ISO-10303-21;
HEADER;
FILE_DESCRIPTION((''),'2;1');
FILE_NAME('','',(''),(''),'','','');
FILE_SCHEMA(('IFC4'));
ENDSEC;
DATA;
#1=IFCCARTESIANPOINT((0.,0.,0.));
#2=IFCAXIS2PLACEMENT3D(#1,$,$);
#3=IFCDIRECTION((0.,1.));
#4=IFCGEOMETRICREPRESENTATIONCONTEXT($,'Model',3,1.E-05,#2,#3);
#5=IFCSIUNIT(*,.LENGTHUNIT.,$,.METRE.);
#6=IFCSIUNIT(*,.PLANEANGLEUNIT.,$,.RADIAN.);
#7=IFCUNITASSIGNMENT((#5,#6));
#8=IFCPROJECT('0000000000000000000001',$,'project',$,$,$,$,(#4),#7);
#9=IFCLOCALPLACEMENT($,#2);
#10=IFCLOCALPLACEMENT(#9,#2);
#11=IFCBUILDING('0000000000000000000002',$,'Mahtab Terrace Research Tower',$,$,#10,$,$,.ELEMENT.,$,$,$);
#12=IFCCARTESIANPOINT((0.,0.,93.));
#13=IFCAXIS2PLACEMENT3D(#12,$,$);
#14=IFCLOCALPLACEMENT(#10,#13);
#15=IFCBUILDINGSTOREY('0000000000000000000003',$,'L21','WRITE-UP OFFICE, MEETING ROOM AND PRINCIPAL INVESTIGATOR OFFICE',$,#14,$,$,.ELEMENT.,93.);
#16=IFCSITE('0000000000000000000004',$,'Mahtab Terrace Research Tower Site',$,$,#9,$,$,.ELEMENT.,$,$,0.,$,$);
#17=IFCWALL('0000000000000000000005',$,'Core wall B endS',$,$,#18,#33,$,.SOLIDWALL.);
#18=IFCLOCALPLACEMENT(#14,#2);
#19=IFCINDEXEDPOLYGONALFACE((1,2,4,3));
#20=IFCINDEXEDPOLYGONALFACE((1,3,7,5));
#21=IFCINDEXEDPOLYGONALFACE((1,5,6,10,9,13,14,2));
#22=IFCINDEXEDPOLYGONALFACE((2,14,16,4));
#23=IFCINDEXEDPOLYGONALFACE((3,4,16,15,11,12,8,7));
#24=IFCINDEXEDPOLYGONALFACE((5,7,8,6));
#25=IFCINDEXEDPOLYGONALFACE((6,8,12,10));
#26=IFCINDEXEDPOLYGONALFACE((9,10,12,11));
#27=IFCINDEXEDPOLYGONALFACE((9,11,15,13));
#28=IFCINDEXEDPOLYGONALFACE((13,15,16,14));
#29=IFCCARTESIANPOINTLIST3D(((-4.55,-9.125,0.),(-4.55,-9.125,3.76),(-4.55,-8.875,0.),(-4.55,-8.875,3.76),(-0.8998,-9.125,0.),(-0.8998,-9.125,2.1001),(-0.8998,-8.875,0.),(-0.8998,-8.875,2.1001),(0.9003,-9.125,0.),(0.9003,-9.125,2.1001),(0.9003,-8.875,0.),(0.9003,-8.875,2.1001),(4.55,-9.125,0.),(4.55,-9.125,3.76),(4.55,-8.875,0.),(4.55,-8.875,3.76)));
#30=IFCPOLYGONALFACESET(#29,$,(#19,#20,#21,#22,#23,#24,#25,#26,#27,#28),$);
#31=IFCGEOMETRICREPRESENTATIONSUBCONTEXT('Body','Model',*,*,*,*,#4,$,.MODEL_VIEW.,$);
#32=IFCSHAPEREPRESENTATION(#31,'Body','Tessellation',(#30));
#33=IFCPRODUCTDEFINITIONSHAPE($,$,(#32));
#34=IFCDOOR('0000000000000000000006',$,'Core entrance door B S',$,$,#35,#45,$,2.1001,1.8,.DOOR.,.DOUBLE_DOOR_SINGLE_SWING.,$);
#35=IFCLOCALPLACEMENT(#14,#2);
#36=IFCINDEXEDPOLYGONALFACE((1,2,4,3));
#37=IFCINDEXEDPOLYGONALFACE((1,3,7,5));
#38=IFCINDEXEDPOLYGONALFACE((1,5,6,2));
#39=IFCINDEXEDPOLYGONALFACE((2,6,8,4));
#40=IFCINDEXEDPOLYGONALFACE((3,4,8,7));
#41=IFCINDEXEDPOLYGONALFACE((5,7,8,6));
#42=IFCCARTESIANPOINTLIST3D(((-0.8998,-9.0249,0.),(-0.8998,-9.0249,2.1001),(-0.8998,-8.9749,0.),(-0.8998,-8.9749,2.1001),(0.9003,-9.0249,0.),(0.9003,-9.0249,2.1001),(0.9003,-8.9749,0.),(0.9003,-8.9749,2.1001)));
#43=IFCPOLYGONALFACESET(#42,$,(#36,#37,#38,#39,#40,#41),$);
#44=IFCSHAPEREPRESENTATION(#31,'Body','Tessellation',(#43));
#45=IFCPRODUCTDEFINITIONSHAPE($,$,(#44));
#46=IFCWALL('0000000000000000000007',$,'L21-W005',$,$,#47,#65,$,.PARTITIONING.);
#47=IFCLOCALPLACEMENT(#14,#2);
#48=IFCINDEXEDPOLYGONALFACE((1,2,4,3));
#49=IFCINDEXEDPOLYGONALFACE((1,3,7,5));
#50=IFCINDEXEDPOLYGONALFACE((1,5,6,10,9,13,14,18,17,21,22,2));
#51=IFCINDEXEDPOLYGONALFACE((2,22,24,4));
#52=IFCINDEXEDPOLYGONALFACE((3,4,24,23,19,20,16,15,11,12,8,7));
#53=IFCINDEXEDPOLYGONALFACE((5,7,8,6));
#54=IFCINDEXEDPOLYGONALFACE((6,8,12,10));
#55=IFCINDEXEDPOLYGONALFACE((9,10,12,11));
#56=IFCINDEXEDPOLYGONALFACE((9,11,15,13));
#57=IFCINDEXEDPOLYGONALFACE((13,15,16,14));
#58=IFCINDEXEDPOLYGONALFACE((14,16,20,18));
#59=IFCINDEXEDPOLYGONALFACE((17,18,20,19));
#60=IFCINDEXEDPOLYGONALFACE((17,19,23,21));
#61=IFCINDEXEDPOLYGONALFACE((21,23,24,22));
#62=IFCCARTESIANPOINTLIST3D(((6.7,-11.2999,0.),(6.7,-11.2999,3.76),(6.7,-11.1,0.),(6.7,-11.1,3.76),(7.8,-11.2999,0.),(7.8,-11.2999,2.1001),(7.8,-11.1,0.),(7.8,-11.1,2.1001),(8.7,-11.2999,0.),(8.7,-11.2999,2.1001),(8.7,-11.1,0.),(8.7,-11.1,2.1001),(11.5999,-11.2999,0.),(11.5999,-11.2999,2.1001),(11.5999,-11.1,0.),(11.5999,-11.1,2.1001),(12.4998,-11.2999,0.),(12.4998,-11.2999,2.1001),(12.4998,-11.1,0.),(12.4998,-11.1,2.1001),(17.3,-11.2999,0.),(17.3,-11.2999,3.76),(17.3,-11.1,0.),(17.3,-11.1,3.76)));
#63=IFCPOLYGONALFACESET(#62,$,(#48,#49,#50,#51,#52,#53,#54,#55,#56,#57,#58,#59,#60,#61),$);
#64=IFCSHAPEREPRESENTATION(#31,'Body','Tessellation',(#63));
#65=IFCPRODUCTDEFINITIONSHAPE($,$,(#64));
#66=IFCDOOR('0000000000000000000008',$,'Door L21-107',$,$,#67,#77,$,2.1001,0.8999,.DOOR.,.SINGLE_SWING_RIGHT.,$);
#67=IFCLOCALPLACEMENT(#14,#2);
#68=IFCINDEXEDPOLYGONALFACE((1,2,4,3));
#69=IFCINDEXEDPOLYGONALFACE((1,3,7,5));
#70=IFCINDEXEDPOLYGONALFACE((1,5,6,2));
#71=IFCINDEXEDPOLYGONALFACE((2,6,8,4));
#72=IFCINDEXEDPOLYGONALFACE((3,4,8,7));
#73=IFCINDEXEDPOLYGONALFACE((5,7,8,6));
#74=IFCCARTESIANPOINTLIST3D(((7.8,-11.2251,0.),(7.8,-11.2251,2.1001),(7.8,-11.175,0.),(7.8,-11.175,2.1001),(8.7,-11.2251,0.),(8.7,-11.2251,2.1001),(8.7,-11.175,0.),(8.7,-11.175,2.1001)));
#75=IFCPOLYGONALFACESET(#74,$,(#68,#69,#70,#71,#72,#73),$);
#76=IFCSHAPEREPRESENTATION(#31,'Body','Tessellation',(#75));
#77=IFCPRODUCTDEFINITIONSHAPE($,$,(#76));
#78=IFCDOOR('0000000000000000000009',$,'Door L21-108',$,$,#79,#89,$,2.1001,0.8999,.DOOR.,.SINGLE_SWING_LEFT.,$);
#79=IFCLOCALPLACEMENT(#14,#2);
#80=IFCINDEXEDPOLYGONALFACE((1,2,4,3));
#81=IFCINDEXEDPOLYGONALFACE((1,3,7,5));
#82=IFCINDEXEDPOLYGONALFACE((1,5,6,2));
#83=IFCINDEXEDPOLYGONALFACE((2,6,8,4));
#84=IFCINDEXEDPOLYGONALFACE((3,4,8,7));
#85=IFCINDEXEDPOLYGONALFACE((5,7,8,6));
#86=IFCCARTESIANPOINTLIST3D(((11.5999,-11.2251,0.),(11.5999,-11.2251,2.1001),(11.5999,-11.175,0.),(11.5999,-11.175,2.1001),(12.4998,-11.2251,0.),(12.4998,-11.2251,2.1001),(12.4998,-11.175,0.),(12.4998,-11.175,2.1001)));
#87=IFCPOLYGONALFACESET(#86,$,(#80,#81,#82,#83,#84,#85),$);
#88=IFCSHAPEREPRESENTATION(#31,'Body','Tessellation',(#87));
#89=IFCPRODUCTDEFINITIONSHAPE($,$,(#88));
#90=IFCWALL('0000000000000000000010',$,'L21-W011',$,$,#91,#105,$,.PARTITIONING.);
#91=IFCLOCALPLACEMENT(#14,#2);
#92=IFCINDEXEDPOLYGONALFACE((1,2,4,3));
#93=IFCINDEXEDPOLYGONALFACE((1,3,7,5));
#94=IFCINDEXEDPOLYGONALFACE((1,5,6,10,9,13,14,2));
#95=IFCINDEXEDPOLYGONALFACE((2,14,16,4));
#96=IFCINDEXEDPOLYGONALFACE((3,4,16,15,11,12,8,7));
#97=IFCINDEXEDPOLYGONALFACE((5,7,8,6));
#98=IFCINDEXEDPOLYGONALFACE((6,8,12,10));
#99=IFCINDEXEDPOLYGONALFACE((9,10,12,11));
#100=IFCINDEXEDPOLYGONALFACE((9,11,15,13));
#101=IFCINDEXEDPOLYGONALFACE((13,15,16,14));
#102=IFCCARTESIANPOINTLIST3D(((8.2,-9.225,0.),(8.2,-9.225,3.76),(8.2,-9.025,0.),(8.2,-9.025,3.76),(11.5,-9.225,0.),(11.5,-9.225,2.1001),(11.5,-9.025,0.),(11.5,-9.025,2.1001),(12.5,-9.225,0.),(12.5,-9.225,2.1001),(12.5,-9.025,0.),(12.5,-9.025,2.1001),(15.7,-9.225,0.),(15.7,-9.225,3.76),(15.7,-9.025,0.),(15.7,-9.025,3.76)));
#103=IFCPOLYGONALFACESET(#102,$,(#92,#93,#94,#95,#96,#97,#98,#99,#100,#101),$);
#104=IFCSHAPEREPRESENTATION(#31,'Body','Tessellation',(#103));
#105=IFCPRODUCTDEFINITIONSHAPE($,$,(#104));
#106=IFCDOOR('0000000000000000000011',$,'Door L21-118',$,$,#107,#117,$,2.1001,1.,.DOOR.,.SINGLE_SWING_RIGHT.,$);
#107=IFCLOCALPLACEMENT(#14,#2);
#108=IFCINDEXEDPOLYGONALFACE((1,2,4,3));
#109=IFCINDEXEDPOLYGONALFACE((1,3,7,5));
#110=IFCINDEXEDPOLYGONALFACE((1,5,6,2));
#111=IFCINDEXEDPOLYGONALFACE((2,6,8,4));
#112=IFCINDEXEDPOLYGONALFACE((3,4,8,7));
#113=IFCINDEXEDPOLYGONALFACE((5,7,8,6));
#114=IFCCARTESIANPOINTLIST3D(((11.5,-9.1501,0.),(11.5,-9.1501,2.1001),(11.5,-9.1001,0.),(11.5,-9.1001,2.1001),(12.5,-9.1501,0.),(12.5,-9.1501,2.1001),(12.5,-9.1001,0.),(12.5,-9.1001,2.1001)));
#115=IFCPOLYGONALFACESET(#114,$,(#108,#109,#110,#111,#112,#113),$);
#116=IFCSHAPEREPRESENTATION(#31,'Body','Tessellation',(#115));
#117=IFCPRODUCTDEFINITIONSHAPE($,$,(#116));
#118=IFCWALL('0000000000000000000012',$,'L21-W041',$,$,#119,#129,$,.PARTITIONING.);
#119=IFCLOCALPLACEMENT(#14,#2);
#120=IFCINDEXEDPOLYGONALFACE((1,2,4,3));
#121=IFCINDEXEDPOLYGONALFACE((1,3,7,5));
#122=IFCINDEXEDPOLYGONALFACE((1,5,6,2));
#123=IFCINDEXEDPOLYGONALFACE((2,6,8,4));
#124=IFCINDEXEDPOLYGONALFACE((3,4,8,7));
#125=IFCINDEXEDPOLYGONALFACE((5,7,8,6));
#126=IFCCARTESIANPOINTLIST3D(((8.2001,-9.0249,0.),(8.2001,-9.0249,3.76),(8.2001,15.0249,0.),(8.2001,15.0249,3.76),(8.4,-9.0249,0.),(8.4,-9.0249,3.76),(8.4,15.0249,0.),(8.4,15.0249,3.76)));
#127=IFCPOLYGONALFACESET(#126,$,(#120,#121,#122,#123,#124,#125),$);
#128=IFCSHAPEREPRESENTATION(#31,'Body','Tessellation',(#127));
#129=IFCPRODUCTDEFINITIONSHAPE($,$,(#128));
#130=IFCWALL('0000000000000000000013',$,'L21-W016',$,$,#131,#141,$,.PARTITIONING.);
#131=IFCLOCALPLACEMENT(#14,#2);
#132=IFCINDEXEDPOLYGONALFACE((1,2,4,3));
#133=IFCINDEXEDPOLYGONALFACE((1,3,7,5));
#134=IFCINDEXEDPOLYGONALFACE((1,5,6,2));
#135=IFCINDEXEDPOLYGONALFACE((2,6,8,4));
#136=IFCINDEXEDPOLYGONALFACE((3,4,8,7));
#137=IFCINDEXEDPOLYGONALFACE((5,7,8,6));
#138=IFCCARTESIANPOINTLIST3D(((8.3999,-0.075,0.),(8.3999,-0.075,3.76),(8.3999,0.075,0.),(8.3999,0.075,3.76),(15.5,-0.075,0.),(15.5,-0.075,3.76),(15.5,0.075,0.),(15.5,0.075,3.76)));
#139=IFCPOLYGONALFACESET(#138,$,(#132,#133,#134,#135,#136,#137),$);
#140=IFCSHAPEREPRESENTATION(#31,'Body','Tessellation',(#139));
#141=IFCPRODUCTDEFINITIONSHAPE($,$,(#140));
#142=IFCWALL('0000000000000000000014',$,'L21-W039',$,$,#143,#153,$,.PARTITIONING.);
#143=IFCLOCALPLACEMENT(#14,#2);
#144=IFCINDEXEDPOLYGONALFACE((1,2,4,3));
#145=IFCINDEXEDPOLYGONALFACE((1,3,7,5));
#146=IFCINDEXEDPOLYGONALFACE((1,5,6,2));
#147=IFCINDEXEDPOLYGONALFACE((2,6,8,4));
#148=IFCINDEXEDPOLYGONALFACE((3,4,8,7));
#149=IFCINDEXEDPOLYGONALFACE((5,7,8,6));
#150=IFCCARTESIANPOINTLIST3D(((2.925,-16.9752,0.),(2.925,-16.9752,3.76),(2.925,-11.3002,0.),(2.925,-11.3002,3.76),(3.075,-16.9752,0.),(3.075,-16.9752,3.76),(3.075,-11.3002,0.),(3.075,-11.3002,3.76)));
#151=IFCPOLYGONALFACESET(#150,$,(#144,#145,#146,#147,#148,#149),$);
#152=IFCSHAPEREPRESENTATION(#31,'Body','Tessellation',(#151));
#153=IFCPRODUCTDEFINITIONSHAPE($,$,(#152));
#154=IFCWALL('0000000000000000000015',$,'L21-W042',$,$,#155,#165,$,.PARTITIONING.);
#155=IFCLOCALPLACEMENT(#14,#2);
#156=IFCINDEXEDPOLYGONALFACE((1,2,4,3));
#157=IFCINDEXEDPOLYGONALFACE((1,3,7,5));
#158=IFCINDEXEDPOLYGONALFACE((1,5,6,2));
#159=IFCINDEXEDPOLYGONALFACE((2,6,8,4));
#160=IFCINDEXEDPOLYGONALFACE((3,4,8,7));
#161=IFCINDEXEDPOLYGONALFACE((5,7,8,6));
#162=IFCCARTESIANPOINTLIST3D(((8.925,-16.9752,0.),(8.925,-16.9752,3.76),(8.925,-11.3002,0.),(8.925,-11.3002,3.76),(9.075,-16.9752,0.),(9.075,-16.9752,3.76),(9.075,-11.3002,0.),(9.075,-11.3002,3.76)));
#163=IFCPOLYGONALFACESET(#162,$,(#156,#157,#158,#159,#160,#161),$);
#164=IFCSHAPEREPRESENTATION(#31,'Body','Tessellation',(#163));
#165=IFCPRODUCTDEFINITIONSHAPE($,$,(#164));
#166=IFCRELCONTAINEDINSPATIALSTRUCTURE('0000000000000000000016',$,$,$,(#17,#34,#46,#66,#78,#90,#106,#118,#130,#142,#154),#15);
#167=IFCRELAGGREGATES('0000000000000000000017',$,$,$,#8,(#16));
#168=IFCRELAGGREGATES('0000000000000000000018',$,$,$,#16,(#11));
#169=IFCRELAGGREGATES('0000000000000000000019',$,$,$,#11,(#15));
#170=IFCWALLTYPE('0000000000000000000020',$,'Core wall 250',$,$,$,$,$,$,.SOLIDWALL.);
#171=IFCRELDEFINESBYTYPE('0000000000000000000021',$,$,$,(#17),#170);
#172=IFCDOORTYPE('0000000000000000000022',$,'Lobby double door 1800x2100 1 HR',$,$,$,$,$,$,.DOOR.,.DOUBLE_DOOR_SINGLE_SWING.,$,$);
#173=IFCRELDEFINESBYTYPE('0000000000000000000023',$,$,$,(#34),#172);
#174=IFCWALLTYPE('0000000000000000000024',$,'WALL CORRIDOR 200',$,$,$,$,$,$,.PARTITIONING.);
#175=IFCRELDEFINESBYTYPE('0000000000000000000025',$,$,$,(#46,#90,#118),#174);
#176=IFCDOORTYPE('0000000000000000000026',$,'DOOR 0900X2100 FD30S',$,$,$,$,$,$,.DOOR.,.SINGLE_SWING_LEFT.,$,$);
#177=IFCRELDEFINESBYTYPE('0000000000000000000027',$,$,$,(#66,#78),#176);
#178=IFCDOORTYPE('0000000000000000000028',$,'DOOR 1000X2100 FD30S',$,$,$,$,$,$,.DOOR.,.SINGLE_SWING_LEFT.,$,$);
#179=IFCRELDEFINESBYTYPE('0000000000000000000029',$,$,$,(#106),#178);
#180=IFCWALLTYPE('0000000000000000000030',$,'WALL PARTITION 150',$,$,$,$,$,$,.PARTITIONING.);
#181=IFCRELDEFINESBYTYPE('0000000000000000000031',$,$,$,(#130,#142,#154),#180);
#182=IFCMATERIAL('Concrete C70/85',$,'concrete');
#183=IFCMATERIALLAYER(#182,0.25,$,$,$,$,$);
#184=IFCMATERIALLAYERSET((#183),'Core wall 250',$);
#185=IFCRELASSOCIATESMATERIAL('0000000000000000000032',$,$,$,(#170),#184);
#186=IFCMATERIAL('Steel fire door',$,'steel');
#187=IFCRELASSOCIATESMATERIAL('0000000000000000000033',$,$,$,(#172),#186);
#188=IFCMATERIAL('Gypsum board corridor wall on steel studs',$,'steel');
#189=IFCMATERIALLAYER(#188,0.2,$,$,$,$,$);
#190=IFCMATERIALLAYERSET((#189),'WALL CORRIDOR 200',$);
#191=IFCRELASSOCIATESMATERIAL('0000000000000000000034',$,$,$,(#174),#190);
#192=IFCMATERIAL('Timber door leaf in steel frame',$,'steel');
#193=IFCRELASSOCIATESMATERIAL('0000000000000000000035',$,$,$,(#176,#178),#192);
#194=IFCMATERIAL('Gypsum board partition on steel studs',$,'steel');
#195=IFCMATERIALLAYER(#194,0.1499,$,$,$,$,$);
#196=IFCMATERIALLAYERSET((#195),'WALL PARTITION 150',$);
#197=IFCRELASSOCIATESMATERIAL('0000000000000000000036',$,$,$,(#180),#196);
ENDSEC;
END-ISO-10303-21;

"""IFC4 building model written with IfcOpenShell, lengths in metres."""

from ifc_helpers import new_model, si_unit, direction, frame, frame_2d, origin, place, context, subcontext, project, spatial, rectangle, extrude, material, layer, layer_set, type_object, element, fill, save


model = new_model("IFC4")

# Units and contexts
model_context = context("Model", 3, precision=1e-05, world=origin(), true_north=direction((0.0, 1.0)))
body_context = subcontext(model_context, "Body", "Model", "MODEL_VIEW")
ifc_project = project(units=[si_unit("LENGTHUNIT", "METRE"), si_unit("PLANEANGLEUNIT", "RADIAN")], contexts=[model_context])

# Site, building, storey
site_placement = place(None, origin())
site = spatial("IfcSite", under=ifc_project, at=site_placement, Name="Mahtab Terrace Research Tower Site", CompositionType="ELEMENT", RefElevation=0.0)
building_placement = place(site_placement, origin())
building = spatial("IfcBuilding", under=site, at=building_placement, Name="Mahtab Terrace Research Tower", CompositionType="ELEMENT")
storey_placement = place(building_placement, frame((0.0, 0.0, 93.0)))
storey = spatial("IfcBuildingStorey", under=building, at=storey_placement, Name="L21", Description="WRITE-UP OFFICE, MEETING ROOM AND PRINCIPAL INVESTIGATOR OFFICE", CompositionType="ELEMENT", Elevation=93.0)

# Shared definitions
ifc_material_1 = material(Name="Concrete C70/85", Category="concrete")

# Shared definitions
ifc_layer_1 = layer(ifc_material_1, 0.25)
ifc_layer_set_1 = layer_set([ifc_layer_1], Name="Core wall 250")
wall_type_1 = type_object("IfcWallType", Name="Core wall 250", PredefinedType="SOLIDWALL", material=ifc_layer_set_1)

# Wall, opening, door
wall_1_placement = place(storey_placement, frame((4.55, -9.0, 0.0), z_axis=(0.0, 0.0, 1.0), x_axis=(-1.0, 0.0, 0.0)))
wall_1 = element("IfcWall", 1, at=wall_1_placement, inside=storey, type_object=wall_type_1, Name="Core wall B endS", PredefinedType="SOLIDWALL", context=body_context, shape_type="SweptSolid", body=[
    extrude(rectangle(XDim=9.1001, YDim=0.25, at=frame_2d((4.55, 0.0))), origin(), (0.0, 0.0, 1.0), 3.76),
])
opening_1_placement = place(wall_1_placement, frame((3.6499, 0.0, 0.0)))
opening_1 = element("IfcOpeningElement", 2, at=opening_1_placement, cuts=wall_1, PredefinedType="OPENING", context=body_context, shape_type="SweptSolid", body=[
    extrude(rectangle(XDim=1.8, YDim=2.1001, at=frame_2d((0.8999, 1.05))), frame((0.0, 0.135, 0.0), z_axis=(0.0, -1.0, 0.0), x_axis=(1.0, 0.0, 0.0)), (0.0, 0.0, 1.0), 0.27),
])
ifc_material_2 = material(Name="Steel fire door", Category="steel")
door_type_1 = type_object("IfcDoorType", Name="Lobby double door 1800x2100 1 HR", OperationType="DOUBLE_DOOR_SINGLE_SWING", PredefinedType="DOOR", material=ifc_material_2)
door_1_placement = place(opening_1_placement, origin())
door_1 = element("IfcDoor", 3, at=door_1_placement, inside=storey, type_object=door_type_1, Name="Core entrance door B S", OperationType="DOUBLE_DOOR_SINGLE_SWING", OverallHeight=2.1001, OverallWidth=1.8, PredefinedType="DOOR", context=body_context, shape_type="SweptSolid", body=[
    extrude(rectangle(XDim=1.8, YDim=2.1001, at=frame_2d((0.8999, 1.05))), frame((0.0, 0.0249, 0.0), z_axis=(0.0, -1.0, 0.0), x_axis=(1.0, 0.0, 0.0)), (0.0, 0.0, 1.0), 0.05),
])
fill(opening_1, door_1)

# Wall, openings, doors
ifc_material_3 = material(Name="Gypsum board corridor wall on steel studs", Category="steel")
ifc_layer_2 = layer(ifc_material_3, 0.2)
ifc_layer_set_2 = layer_set([ifc_layer_2], Name="WALL CORRIDOR 200")
wall_type_2 = type_object("IfcWallType", Name="WALL CORRIDOR 200", PredefinedType="PARTITIONING", material=ifc_layer_set_2)
wall_2_placement = place(storey_placement, frame((6.7, -11.2, 0.0), z_axis=(0.0, 0.0, 1.0), x_axis=(1.0, 0.0, 0.0)))
wall_2 = element("IfcWall", 4, at=wall_2_placement, inside=storey, type_object=wall_type_2, Name="L21-W005", PredefinedType="PARTITIONING", context=body_context, shape_type="SweptSolid", body=[
    extrude(rectangle(XDim=10.6001, YDim=0.2, at=frame_2d((5.3, 0.0))), origin(), (0.0, 0.0, 1.0), 3.76),
])
opening_2_placement = place(wall_2_placement, frame((1.1001, 0.0, 0.0)))
opening_2 = element("IfcOpeningElement", 5, at=opening_2_placement, cuts=wall_2, PredefinedType="OPENING", context=body_context, shape_type="SweptSolid", body=[
    extrude(rectangle(XDim=0.8999, YDim=2.1001, at=frame_2d((0.45, 1.05))), frame((0.0, 0.1099, 0.0), z_axis=(0.0, -1.0, 0.0), x_axis=(1.0, 0.0, 0.0)), (0.0, 0.0, 1.0), 0.22),
])
opening_3_placement = place(wall_2_placement, frame((4.8999, 0.0, 0.0)))
opening_3 = element("IfcOpeningElement", 6, at=opening_3_placement, cuts=wall_2, PredefinedType="OPENING", context=body_context, shape_type="SweptSolid", body=[
    extrude(rectangle(XDim=0.8999, YDim=2.1001, at=frame_2d((0.45, 1.05))), frame((0.0, 0.1099, 0.0), z_axis=(0.0, -1.0, 0.0), x_axis=(1.0, 0.0, 0.0)), (0.0, 0.0, 1.0), 0.22),
])
ifc_material_4 = material(Name="Timber door leaf in steel frame", Category="steel")
door_type_2 = type_object("IfcDoorType", Name="DOOR 0900X2100 FD30S", OperationType="SINGLE_SWING_LEFT", PredefinedType="DOOR", material=ifc_material_4)
door_2_placement = place(opening_2_placement, origin())
door_2 = element("IfcDoor", 7, at=door_2_placement, inside=storey, type_object=door_type_2, Name="Door L21-107", OperationType="SINGLE_SWING_RIGHT", OverallHeight=2.1001, OverallWidth=0.8999, PredefinedType="DOOR", context=body_context, shape_type="SweptSolid", body=[
    extrude(rectangle(XDim=0.8999, YDim=2.1001, at=frame_2d((0.45, 1.05))), frame((0.0, 0.0249, 0.0), z_axis=(0.0, -1.0, 0.0), x_axis=(1.0, 0.0, 0.0)), (0.0, 0.0, 1.0), 0.05),
])
fill(opening_2, door_2)
door_3_placement = place(opening_3_placement, origin())
door_3 = element("IfcDoor", 8, at=door_3_placement, inside=storey, type_object=door_type_2, Name="Door L21-108", OperationType="SINGLE_SWING_LEFT", OverallHeight=2.1001, OverallWidth=0.8999, PredefinedType="DOOR", context=body_context, shape_type="SweptSolid", body=[
    extrude(rectangle(XDim=0.8999, YDim=2.1001, at=frame_2d((0.45, 1.05))), frame((0.0, 0.0249, 0.0), z_axis=(0.0, -1.0, 0.0), x_axis=(1.0, 0.0, 0.0)), (0.0, 0.0, 1.0), 0.05),
])
fill(opening_3, door_3)

# Wall, opening, door
wall_3_placement = place(storey_placement, frame((8.2, -9.125, 0.0), z_axis=(0.0, 0.0, 1.0), x_axis=(1.0, 0.0, 0.0)))
wall_3 = element("IfcWall", 9, at=wall_3_placement, inside=storey, type_object=wall_type_2, Name="L21-W011", PredefinedType="PARTITIONING", context=body_context, shape_type="SweptSolid", body=[
    extrude(rectangle(XDim=7.5, YDim=0.2, at=frame_2d((3.75, 0.0))), origin(), (0.0, 0.0, 1.0), 3.76),
])
opening_4_placement = place(wall_3_placement, frame((3.3, 0.0, 0.0)))
opening_4 = element("IfcOpeningElement", 10, at=opening_4_placement, cuts=wall_3, PredefinedType="OPENING", context=body_context, shape_type="SweptSolid", body=[
    extrude(rectangle(XDim=1.0, YDim=2.1001, at=frame_2d((0.5, 1.05))), frame((0.0, 0.1099, 0.0), z_axis=(0.0, -1.0, 0.0), x_axis=(1.0, 0.0, 0.0)), (0.0, 0.0, 1.0), 0.22),
])
door_type_3 = type_object("IfcDoorType", Name="DOOR 1000X2100 FD30S", OperationType="SINGLE_SWING_LEFT", PredefinedType="DOOR", material=ifc_material_4)
door_4_placement = place(opening_4_placement, origin())
door_4 = element("IfcDoor", 11, at=door_4_placement, inside=storey, type_object=door_type_3, Name="Door L21-118", OperationType="SINGLE_SWING_RIGHT", OverallHeight=2.1001, OverallWidth=1.0, PredefinedType="DOOR", context=body_context, shape_type="SweptSolid", body=[
    extrude(rectangle(XDim=1.0, YDim=2.1001, at=frame_2d((0.5, 1.05))), frame((0.0, 0.0249, 0.0), z_axis=(0.0, -1.0, 0.0), x_axis=(1.0, 0.0, 0.0)), (0.0, 0.0, 1.0), 0.05),
])
fill(opening_4, door_4)

# Walls
wall_4_placement = place(storey_placement, frame((8.3, -9.0249, 0.0), z_axis=(0.0, 0.0, 1.0), x_axis=(0.0, 1.0, 0.0)))
element("IfcWall", 12, at=wall_4_placement, inside=storey, type_object=wall_type_2, Name="L21-W041", PredefinedType="PARTITIONING", context=body_context, shape_type="SweptSolid", body=[
    extrude(rectangle(XDim=24.0498, YDim=0.2, at=frame_2d((12.0249, 0.0))), origin(), (0.0, 0.0, 1.0), 3.76),
])
ifc_material_5 = material(Name="Gypsum board partition on steel studs", Category="steel")
ifc_layer_3 = layer(ifc_material_5, 0.1499)
ifc_layer_set_3 = layer_set([ifc_layer_3], Name="WALL PARTITION 150")
wall_type_3 = type_object("IfcWallType", Name="WALL PARTITION 150", PredefinedType="PARTITIONING", material=ifc_layer_set_3)
wall_5_placement = place(storey_placement, frame((8.3999, 0.0, 0.0), z_axis=(0.0, 0.0, 1.0), x_axis=(1.0, 0.0, 0.0)))
element("IfcWall", 13, at=wall_5_placement, inside=storey, type_object=wall_type_3, Name="L21-W016", PredefinedType="PARTITIONING", context=body_context, shape_type="SweptSolid", body=[
    extrude(rectangle(XDim=7.1001, YDim=0.1499, at=frame_2d((3.55, 0.0))), origin(), (0.0, 0.0, 1.0), 3.76),
])
for number, where, z_axis, x_axis, name in (
    (14, (3.0, -16.9751, 0.0), (0.0, 0.0, 1.0), (0.0, 1.0, 0.0), "L21-W039"),
    (15, (9.0, -16.9751, 0.0), (0.0, 0.0, 1.0), (0.0, 1.0, 0.0), "L21-W042"),
):
    element("IfcWall", number, at=place(storey_placement, frame(where, z_axis=z_axis, x_axis=x_axis)), inside=storey, type_object=wall_type_3, Name=name, PredefinedType="PARTITIONING", context=body_context, shape_type="SweptSolid", body=[
        extrude(rectangle(XDim=5.675, YDim=0.1499, at=frame_2d((2.8374, 0.0))), origin(), (0.0, 0.0, 1.0), 3.76),
    ])

save(model, "model.ifc")
